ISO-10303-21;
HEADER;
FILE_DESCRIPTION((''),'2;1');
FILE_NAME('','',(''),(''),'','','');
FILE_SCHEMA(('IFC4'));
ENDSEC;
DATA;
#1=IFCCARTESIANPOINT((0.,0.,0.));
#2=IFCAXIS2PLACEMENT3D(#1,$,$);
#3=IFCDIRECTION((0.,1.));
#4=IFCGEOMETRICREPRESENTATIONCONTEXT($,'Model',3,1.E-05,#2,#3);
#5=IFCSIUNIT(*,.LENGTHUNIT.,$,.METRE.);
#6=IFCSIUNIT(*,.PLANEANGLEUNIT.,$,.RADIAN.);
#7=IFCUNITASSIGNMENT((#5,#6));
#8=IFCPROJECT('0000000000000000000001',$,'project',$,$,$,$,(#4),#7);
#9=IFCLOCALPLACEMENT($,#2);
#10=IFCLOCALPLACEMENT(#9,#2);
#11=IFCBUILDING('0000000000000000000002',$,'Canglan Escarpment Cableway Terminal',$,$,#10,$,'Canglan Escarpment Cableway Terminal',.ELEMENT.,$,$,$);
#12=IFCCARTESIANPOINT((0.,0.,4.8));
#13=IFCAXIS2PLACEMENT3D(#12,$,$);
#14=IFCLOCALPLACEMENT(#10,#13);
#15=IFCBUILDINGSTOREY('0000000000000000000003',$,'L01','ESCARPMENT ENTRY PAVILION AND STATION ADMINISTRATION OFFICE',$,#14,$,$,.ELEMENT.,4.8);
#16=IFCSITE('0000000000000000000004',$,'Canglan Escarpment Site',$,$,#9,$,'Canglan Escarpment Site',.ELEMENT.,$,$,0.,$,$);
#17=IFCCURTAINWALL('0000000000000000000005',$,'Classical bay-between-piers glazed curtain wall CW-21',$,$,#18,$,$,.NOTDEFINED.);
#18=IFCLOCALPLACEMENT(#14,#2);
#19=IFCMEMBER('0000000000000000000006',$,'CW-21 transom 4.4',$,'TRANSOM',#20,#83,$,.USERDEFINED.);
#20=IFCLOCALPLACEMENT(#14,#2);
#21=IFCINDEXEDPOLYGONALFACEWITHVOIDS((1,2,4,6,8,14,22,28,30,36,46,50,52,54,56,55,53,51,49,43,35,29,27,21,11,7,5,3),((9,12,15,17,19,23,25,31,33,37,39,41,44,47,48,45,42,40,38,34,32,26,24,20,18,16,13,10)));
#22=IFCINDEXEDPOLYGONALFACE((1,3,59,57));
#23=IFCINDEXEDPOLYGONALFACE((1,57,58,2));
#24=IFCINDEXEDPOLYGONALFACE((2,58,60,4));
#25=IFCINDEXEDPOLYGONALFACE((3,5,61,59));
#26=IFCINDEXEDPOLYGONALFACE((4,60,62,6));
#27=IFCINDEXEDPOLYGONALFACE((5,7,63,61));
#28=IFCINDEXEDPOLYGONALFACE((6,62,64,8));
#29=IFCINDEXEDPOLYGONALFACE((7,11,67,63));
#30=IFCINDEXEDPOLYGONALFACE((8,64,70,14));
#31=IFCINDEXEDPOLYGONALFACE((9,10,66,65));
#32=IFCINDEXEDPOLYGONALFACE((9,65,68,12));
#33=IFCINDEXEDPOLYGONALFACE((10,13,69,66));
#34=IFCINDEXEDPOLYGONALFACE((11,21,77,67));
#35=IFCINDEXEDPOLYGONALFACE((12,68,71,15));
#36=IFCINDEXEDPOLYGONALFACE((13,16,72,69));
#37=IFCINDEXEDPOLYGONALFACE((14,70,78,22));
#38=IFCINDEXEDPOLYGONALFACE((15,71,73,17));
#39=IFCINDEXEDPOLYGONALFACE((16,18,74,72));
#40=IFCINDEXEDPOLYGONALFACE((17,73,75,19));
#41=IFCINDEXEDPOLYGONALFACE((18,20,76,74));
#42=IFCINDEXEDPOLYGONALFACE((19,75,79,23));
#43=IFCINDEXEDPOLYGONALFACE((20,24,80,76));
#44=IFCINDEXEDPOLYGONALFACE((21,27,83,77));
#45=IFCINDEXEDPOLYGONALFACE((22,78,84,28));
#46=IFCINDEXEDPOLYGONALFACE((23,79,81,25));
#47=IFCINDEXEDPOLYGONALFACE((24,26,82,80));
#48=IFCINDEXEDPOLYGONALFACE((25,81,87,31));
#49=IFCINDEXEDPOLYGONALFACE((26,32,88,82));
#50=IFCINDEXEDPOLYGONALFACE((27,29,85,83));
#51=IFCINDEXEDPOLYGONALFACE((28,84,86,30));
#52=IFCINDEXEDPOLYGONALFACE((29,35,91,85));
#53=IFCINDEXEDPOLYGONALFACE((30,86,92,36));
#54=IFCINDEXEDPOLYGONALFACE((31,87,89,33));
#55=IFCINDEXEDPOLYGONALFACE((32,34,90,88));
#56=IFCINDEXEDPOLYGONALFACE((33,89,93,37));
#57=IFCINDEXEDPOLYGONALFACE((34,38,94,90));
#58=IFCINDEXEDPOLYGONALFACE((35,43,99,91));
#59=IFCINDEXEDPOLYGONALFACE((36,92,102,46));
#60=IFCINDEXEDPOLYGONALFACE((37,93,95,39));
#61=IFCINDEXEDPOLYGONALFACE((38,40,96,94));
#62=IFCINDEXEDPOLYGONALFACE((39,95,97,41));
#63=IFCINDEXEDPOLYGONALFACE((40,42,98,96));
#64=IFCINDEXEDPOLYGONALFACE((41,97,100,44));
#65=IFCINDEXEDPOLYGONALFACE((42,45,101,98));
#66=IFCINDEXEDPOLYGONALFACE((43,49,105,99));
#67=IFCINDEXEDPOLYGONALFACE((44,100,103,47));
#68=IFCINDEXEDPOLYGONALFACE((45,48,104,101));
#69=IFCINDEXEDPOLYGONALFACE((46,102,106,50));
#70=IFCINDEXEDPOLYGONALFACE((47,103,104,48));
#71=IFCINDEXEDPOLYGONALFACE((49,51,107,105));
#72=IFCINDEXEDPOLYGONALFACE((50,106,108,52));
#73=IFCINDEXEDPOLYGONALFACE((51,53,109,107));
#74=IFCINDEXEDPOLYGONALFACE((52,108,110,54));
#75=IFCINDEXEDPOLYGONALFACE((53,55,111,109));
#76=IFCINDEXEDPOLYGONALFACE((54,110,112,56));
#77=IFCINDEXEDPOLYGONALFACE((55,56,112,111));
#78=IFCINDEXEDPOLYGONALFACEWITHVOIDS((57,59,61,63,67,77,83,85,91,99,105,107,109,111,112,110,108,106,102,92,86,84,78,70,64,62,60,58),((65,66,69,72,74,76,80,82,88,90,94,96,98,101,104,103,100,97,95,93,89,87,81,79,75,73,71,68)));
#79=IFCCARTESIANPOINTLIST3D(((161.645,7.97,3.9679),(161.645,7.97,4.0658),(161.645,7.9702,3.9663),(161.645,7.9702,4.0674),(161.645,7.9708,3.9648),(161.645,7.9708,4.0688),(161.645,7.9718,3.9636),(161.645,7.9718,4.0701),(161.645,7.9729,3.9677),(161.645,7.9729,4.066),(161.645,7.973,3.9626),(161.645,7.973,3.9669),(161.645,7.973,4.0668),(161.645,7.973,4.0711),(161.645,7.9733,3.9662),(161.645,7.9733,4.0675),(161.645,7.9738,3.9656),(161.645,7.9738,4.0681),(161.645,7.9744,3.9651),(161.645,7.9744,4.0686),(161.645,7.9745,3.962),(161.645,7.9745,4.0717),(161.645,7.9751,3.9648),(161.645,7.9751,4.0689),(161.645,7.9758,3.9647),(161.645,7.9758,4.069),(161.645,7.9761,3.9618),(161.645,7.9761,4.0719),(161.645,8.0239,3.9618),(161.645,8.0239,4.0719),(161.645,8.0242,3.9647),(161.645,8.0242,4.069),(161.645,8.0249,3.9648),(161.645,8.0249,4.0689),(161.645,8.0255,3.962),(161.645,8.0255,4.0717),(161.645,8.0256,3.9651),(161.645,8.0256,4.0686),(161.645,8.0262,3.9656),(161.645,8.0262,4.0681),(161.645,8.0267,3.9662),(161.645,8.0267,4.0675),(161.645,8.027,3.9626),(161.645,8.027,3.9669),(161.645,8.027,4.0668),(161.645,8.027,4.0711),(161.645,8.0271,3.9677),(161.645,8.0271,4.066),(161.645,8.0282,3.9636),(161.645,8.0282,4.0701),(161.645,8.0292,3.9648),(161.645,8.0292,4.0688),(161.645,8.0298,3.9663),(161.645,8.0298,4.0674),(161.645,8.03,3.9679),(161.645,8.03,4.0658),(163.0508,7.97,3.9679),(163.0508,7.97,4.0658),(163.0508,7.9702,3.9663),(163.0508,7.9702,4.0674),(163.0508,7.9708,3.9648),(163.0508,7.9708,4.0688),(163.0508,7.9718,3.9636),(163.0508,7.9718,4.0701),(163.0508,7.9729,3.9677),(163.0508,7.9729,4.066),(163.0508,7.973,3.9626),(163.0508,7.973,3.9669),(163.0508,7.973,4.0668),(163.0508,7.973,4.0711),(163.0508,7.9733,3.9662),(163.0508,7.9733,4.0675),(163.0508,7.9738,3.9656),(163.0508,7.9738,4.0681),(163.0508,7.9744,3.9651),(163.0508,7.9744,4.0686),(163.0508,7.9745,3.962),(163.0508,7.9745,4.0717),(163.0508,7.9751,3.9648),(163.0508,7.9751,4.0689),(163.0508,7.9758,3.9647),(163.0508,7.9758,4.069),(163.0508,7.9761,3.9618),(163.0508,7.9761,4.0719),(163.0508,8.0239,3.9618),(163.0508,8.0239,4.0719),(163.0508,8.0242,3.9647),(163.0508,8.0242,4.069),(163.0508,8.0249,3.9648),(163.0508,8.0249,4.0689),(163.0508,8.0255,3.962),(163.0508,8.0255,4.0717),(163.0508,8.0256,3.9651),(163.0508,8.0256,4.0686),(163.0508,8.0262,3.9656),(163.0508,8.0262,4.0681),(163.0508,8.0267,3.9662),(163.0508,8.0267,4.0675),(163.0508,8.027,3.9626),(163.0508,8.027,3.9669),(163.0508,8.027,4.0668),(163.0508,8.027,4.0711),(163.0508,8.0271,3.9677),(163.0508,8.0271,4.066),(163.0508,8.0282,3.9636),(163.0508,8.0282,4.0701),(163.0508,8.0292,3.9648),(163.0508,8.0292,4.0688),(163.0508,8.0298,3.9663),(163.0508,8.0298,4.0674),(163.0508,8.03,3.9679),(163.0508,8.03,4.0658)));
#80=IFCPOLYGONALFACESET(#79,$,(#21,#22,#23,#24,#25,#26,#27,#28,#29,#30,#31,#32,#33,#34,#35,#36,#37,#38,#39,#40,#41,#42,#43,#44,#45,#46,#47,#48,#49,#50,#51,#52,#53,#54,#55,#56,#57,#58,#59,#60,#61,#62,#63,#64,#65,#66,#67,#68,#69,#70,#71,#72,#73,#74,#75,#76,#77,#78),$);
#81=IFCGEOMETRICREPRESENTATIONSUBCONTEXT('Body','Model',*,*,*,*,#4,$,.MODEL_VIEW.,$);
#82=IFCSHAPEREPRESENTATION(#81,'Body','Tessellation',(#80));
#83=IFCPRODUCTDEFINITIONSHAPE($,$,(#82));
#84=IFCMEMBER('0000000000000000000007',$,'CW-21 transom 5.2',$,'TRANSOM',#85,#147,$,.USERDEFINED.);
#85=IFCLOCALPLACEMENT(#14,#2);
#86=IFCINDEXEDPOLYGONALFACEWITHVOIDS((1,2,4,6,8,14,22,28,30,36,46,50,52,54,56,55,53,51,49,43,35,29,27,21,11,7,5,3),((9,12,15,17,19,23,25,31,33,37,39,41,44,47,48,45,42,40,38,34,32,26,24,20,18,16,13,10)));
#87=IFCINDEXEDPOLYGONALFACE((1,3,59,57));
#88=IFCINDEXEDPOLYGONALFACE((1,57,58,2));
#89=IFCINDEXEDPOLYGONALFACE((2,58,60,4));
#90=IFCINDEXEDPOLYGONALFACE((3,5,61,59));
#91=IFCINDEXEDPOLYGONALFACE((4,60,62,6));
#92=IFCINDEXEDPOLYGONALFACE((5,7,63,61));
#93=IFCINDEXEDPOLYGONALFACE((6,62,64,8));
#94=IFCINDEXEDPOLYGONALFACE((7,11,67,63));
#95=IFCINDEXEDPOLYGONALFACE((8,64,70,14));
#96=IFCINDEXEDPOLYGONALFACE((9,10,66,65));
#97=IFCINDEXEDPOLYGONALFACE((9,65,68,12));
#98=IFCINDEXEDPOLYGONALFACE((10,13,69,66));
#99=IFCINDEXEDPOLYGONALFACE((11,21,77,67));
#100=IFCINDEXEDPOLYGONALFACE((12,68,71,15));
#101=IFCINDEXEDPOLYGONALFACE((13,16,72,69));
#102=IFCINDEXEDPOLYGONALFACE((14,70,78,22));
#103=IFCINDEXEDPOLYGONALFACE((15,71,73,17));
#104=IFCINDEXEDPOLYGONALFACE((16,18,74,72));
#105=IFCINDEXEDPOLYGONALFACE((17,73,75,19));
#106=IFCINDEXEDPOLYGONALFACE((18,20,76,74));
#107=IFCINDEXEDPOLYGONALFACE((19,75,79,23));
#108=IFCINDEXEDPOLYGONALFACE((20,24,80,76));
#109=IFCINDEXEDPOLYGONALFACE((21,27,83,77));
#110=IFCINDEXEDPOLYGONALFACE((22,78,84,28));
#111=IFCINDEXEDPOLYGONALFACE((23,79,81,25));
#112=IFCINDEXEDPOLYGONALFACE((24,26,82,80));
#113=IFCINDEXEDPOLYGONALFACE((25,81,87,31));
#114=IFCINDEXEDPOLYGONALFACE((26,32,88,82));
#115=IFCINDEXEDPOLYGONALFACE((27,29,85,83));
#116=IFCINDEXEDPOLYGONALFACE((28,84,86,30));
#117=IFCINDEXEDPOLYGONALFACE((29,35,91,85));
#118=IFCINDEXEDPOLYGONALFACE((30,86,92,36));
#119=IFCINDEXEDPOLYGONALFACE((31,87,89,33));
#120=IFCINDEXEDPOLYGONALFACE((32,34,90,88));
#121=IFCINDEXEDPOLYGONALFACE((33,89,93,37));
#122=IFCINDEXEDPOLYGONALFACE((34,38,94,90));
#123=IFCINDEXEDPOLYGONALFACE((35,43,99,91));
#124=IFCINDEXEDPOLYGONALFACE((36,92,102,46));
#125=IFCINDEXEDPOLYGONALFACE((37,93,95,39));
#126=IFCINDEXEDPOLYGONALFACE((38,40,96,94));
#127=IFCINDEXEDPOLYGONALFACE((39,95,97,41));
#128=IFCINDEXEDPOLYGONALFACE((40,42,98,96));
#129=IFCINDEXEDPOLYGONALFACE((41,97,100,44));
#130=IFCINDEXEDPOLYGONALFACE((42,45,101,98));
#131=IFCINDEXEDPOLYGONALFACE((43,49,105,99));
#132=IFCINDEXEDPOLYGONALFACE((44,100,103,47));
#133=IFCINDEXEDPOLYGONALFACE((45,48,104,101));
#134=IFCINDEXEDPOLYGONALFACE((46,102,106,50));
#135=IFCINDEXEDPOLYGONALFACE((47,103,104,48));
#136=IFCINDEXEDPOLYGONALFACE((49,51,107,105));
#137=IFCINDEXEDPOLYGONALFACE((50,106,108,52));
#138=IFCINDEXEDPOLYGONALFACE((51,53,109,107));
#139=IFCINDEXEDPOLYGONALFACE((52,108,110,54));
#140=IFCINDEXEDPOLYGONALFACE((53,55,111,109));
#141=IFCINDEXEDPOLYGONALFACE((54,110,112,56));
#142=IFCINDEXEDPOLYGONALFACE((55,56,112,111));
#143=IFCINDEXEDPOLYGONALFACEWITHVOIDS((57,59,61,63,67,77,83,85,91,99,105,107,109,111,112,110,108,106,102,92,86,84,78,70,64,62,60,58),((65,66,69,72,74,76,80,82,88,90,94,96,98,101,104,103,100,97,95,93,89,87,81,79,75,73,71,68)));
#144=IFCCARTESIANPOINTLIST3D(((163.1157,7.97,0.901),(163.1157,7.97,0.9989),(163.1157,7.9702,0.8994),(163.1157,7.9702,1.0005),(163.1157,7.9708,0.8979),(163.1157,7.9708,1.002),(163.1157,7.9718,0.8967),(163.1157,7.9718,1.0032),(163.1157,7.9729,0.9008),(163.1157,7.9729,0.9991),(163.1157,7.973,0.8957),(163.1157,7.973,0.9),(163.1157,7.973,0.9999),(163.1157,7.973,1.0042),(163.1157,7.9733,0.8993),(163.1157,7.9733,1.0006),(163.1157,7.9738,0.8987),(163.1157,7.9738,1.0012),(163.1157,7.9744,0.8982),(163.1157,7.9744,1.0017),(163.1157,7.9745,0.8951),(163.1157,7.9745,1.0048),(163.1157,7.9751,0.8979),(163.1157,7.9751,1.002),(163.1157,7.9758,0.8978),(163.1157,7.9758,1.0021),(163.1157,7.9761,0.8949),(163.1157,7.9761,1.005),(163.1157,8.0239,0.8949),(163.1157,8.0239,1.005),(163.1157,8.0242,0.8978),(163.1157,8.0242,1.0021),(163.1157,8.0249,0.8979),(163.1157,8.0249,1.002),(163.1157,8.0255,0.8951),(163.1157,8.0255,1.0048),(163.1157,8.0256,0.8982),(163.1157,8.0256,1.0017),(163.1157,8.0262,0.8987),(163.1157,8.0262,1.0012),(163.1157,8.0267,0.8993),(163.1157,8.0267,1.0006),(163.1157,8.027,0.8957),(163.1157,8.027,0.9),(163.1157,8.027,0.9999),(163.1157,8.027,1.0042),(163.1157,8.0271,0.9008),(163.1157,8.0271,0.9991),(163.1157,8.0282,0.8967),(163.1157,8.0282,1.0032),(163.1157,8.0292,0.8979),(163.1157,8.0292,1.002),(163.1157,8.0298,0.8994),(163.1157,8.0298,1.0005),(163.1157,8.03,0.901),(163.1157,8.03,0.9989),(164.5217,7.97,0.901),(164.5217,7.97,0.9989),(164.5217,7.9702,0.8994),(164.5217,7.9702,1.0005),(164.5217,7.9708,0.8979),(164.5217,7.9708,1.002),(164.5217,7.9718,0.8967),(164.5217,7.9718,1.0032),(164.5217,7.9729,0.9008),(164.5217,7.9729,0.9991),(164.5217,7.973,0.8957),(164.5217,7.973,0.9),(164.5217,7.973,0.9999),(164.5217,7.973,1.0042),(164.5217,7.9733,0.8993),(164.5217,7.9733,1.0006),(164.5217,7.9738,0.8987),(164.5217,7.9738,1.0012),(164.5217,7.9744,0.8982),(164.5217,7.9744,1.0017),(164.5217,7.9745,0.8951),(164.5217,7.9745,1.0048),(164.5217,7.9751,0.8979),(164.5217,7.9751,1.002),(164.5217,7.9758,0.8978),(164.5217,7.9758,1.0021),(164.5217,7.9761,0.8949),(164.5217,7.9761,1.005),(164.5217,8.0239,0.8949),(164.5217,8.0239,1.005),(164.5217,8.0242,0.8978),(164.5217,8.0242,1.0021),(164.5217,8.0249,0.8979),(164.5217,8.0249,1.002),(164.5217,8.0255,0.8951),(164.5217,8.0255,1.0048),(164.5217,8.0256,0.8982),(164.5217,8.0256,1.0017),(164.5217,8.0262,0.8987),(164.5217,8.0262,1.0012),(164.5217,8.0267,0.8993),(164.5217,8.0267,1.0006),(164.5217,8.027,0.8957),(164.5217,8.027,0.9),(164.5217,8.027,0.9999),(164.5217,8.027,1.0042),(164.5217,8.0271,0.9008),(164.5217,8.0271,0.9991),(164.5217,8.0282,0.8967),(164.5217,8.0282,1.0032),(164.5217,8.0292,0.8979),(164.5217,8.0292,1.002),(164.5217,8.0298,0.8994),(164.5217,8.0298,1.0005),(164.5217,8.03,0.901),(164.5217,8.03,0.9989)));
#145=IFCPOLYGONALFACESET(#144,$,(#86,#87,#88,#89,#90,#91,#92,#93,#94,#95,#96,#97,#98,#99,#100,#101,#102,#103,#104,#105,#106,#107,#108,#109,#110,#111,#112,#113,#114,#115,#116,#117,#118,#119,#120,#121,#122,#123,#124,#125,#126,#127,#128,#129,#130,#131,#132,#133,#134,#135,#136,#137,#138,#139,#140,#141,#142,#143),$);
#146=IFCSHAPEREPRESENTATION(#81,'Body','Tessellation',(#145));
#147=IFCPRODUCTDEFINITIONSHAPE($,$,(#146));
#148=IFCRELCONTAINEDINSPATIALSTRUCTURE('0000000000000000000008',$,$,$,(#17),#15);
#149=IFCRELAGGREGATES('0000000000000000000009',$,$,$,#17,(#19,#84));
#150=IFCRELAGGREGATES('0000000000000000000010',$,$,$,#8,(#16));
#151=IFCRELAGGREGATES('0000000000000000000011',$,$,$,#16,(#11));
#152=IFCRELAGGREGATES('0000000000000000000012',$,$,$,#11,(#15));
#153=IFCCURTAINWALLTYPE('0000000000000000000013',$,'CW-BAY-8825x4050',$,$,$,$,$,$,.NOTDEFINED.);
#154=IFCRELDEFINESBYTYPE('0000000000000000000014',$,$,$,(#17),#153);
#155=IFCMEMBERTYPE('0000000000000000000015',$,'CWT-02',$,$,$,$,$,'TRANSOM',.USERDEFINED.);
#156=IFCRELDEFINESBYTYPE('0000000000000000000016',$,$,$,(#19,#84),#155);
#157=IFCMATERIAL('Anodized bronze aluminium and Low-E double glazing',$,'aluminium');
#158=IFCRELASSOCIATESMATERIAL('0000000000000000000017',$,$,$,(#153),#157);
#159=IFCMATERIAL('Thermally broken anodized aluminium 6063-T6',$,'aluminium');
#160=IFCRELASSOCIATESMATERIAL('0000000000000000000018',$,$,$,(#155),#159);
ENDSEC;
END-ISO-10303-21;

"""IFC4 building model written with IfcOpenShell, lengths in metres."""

from ifc_helpers import new_model, si_unit, direction, frame, origin, origin_2d, place, context, subcontext, project, spatial, hollow_rectangle, extrude, material, material_profile, profile_set, type_object, element, aggregate, save


model = new_model("IFC4")

# Units and contexts
model_context = context("Model", 3, precision=1e-05, world=origin(), true_north=direction((0.0, 1.0)))
body_context = subcontext(model_context, "Body", "Model", "MODEL_VIEW")
ifc_project = project(units=[si_unit("LENGTHUNIT", "METRE"), si_unit("PLANEANGLEUNIT", "RADIAN")], contexts=[model_context])

# Site, building, storey
site_placement = place(None, origin())
site = spatial("IfcSite", under=ifc_project, at=site_placement, Name="Canglan Escarpment Site", LongName="Canglan Escarpment Site", CompositionType="ELEMENT", RefElevation=0.0)
building_placement = place(site_placement, origin())
building = spatial("IfcBuilding", under=site, at=building_placement, Name="Canglan Escarpment Cableway Terminal", LongName="Canglan Escarpment Cableway Terminal", CompositionType="ELEMENT")
storey_placement = place(building_placement, frame((0.0, 0.0, 4.8)))
storey = spatial("IfcBuildingStorey", under=building, at=storey_placement, Name="L01", Description="ESCARPMENT ENTRY PAVILION AND STATION ADMINISTRATION OFFICE", CompositionType="ELEMENT", Elevation=4.8)

# Curtain wall, members
ifc_material_1 = material(Name="Anodized bronze aluminium and Low-E double glazing", Category="aluminium")
curtain_wall_type_1 = type_object("IfcCurtainWallType", Name="CW-BAY-8825x4050", PredefinedType="NOTDEFINED", material=ifc_material_1)
curtain_wall_1_placement = place(storey_placement, origin())
curtain_wall_1 = element("IfcCurtainWall", 1, at=curtain_wall_1_placement, inside=storey, type_object=curtain_wall_type_1, Name="Classical bay-between-piers glazed curtain wall CW-21", PredefinedType="NOTDEFINED")
ifc_material_2 = material(Name="Thermally broken anodized aluminium 6063-T6", Category="aluminium")
ifc_material_profile_1 = material_profile(ifc_material_2, hollow_rectangle(XDim=0.0601, YDim=0.1101, WallThickness=0.0029, InnerFilletRadius=0.0029, OuterFilletRadius=0.0061, at=origin_2d()), Name="ALU-TRAN 60x110x3")
ifc_profile_set_1 = profile_set([ifc_material_profile_1], Name="Thermally broken anodized aluminium 6063-T6")
member_type_1 = type_object("IfcMemberType", Name="CWT-02", ElementType="TRANSOM", PredefinedType="USERDEFINED", material=ifc_profile_set_1)
member_1_placement = place(storey_placement, frame((161.645, 8.0, 4.0168), z_axis=(1.0, 0.0, 0.0), x_axis=(0.0, 1.0, 0.0)))
member_1 = element("IfcMember", 2, at=member_1_placement, type_object=member_type_1, Name="CW-21 transom 4.4", ObjectType="TRANSOM", PredefinedType="USERDEFINED", context=body_context, shape_type="SweptSolid", body=[
    extrude(hollow_rectangle(XDim=0.0601, YDim=0.1101, WallThickness=0.0029, InnerFilletRadius=0.0029, OuterFilletRadius=0.0061, at=origin_2d()), origin(), (0.0, 0.0, 1.0), 1.4058),
])
member_2_placement = place(storey_placement, frame((163.1157, 8.0, 0.95), z_axis=(1.0, 0.0, 0.0), x_axis=(0.0, 1.0, 0.0)))
member_2 = element("IfcMember", 3, at=member_2_placement, type_object=member_type_1, Name="CW-21 transom 5.2", ObjectType="TRANSOM", PredefinedType="USERDEFINED", context=body_context, shape_type="SweptSolid", body=[
    extrude(hollow_rectangle(XDim=0.0601, YDim=0.1101, WallThickness=0.0029, InnerFilletRadius=0.0029, OuterFilletRadius=0.0061, at=origin_2d()), origin(), (0.0, 0.0, 1.0), 1.406),
])

aggregate(curtain_wall_1, [member_1, member_2])

save(model, "model.ifc")
